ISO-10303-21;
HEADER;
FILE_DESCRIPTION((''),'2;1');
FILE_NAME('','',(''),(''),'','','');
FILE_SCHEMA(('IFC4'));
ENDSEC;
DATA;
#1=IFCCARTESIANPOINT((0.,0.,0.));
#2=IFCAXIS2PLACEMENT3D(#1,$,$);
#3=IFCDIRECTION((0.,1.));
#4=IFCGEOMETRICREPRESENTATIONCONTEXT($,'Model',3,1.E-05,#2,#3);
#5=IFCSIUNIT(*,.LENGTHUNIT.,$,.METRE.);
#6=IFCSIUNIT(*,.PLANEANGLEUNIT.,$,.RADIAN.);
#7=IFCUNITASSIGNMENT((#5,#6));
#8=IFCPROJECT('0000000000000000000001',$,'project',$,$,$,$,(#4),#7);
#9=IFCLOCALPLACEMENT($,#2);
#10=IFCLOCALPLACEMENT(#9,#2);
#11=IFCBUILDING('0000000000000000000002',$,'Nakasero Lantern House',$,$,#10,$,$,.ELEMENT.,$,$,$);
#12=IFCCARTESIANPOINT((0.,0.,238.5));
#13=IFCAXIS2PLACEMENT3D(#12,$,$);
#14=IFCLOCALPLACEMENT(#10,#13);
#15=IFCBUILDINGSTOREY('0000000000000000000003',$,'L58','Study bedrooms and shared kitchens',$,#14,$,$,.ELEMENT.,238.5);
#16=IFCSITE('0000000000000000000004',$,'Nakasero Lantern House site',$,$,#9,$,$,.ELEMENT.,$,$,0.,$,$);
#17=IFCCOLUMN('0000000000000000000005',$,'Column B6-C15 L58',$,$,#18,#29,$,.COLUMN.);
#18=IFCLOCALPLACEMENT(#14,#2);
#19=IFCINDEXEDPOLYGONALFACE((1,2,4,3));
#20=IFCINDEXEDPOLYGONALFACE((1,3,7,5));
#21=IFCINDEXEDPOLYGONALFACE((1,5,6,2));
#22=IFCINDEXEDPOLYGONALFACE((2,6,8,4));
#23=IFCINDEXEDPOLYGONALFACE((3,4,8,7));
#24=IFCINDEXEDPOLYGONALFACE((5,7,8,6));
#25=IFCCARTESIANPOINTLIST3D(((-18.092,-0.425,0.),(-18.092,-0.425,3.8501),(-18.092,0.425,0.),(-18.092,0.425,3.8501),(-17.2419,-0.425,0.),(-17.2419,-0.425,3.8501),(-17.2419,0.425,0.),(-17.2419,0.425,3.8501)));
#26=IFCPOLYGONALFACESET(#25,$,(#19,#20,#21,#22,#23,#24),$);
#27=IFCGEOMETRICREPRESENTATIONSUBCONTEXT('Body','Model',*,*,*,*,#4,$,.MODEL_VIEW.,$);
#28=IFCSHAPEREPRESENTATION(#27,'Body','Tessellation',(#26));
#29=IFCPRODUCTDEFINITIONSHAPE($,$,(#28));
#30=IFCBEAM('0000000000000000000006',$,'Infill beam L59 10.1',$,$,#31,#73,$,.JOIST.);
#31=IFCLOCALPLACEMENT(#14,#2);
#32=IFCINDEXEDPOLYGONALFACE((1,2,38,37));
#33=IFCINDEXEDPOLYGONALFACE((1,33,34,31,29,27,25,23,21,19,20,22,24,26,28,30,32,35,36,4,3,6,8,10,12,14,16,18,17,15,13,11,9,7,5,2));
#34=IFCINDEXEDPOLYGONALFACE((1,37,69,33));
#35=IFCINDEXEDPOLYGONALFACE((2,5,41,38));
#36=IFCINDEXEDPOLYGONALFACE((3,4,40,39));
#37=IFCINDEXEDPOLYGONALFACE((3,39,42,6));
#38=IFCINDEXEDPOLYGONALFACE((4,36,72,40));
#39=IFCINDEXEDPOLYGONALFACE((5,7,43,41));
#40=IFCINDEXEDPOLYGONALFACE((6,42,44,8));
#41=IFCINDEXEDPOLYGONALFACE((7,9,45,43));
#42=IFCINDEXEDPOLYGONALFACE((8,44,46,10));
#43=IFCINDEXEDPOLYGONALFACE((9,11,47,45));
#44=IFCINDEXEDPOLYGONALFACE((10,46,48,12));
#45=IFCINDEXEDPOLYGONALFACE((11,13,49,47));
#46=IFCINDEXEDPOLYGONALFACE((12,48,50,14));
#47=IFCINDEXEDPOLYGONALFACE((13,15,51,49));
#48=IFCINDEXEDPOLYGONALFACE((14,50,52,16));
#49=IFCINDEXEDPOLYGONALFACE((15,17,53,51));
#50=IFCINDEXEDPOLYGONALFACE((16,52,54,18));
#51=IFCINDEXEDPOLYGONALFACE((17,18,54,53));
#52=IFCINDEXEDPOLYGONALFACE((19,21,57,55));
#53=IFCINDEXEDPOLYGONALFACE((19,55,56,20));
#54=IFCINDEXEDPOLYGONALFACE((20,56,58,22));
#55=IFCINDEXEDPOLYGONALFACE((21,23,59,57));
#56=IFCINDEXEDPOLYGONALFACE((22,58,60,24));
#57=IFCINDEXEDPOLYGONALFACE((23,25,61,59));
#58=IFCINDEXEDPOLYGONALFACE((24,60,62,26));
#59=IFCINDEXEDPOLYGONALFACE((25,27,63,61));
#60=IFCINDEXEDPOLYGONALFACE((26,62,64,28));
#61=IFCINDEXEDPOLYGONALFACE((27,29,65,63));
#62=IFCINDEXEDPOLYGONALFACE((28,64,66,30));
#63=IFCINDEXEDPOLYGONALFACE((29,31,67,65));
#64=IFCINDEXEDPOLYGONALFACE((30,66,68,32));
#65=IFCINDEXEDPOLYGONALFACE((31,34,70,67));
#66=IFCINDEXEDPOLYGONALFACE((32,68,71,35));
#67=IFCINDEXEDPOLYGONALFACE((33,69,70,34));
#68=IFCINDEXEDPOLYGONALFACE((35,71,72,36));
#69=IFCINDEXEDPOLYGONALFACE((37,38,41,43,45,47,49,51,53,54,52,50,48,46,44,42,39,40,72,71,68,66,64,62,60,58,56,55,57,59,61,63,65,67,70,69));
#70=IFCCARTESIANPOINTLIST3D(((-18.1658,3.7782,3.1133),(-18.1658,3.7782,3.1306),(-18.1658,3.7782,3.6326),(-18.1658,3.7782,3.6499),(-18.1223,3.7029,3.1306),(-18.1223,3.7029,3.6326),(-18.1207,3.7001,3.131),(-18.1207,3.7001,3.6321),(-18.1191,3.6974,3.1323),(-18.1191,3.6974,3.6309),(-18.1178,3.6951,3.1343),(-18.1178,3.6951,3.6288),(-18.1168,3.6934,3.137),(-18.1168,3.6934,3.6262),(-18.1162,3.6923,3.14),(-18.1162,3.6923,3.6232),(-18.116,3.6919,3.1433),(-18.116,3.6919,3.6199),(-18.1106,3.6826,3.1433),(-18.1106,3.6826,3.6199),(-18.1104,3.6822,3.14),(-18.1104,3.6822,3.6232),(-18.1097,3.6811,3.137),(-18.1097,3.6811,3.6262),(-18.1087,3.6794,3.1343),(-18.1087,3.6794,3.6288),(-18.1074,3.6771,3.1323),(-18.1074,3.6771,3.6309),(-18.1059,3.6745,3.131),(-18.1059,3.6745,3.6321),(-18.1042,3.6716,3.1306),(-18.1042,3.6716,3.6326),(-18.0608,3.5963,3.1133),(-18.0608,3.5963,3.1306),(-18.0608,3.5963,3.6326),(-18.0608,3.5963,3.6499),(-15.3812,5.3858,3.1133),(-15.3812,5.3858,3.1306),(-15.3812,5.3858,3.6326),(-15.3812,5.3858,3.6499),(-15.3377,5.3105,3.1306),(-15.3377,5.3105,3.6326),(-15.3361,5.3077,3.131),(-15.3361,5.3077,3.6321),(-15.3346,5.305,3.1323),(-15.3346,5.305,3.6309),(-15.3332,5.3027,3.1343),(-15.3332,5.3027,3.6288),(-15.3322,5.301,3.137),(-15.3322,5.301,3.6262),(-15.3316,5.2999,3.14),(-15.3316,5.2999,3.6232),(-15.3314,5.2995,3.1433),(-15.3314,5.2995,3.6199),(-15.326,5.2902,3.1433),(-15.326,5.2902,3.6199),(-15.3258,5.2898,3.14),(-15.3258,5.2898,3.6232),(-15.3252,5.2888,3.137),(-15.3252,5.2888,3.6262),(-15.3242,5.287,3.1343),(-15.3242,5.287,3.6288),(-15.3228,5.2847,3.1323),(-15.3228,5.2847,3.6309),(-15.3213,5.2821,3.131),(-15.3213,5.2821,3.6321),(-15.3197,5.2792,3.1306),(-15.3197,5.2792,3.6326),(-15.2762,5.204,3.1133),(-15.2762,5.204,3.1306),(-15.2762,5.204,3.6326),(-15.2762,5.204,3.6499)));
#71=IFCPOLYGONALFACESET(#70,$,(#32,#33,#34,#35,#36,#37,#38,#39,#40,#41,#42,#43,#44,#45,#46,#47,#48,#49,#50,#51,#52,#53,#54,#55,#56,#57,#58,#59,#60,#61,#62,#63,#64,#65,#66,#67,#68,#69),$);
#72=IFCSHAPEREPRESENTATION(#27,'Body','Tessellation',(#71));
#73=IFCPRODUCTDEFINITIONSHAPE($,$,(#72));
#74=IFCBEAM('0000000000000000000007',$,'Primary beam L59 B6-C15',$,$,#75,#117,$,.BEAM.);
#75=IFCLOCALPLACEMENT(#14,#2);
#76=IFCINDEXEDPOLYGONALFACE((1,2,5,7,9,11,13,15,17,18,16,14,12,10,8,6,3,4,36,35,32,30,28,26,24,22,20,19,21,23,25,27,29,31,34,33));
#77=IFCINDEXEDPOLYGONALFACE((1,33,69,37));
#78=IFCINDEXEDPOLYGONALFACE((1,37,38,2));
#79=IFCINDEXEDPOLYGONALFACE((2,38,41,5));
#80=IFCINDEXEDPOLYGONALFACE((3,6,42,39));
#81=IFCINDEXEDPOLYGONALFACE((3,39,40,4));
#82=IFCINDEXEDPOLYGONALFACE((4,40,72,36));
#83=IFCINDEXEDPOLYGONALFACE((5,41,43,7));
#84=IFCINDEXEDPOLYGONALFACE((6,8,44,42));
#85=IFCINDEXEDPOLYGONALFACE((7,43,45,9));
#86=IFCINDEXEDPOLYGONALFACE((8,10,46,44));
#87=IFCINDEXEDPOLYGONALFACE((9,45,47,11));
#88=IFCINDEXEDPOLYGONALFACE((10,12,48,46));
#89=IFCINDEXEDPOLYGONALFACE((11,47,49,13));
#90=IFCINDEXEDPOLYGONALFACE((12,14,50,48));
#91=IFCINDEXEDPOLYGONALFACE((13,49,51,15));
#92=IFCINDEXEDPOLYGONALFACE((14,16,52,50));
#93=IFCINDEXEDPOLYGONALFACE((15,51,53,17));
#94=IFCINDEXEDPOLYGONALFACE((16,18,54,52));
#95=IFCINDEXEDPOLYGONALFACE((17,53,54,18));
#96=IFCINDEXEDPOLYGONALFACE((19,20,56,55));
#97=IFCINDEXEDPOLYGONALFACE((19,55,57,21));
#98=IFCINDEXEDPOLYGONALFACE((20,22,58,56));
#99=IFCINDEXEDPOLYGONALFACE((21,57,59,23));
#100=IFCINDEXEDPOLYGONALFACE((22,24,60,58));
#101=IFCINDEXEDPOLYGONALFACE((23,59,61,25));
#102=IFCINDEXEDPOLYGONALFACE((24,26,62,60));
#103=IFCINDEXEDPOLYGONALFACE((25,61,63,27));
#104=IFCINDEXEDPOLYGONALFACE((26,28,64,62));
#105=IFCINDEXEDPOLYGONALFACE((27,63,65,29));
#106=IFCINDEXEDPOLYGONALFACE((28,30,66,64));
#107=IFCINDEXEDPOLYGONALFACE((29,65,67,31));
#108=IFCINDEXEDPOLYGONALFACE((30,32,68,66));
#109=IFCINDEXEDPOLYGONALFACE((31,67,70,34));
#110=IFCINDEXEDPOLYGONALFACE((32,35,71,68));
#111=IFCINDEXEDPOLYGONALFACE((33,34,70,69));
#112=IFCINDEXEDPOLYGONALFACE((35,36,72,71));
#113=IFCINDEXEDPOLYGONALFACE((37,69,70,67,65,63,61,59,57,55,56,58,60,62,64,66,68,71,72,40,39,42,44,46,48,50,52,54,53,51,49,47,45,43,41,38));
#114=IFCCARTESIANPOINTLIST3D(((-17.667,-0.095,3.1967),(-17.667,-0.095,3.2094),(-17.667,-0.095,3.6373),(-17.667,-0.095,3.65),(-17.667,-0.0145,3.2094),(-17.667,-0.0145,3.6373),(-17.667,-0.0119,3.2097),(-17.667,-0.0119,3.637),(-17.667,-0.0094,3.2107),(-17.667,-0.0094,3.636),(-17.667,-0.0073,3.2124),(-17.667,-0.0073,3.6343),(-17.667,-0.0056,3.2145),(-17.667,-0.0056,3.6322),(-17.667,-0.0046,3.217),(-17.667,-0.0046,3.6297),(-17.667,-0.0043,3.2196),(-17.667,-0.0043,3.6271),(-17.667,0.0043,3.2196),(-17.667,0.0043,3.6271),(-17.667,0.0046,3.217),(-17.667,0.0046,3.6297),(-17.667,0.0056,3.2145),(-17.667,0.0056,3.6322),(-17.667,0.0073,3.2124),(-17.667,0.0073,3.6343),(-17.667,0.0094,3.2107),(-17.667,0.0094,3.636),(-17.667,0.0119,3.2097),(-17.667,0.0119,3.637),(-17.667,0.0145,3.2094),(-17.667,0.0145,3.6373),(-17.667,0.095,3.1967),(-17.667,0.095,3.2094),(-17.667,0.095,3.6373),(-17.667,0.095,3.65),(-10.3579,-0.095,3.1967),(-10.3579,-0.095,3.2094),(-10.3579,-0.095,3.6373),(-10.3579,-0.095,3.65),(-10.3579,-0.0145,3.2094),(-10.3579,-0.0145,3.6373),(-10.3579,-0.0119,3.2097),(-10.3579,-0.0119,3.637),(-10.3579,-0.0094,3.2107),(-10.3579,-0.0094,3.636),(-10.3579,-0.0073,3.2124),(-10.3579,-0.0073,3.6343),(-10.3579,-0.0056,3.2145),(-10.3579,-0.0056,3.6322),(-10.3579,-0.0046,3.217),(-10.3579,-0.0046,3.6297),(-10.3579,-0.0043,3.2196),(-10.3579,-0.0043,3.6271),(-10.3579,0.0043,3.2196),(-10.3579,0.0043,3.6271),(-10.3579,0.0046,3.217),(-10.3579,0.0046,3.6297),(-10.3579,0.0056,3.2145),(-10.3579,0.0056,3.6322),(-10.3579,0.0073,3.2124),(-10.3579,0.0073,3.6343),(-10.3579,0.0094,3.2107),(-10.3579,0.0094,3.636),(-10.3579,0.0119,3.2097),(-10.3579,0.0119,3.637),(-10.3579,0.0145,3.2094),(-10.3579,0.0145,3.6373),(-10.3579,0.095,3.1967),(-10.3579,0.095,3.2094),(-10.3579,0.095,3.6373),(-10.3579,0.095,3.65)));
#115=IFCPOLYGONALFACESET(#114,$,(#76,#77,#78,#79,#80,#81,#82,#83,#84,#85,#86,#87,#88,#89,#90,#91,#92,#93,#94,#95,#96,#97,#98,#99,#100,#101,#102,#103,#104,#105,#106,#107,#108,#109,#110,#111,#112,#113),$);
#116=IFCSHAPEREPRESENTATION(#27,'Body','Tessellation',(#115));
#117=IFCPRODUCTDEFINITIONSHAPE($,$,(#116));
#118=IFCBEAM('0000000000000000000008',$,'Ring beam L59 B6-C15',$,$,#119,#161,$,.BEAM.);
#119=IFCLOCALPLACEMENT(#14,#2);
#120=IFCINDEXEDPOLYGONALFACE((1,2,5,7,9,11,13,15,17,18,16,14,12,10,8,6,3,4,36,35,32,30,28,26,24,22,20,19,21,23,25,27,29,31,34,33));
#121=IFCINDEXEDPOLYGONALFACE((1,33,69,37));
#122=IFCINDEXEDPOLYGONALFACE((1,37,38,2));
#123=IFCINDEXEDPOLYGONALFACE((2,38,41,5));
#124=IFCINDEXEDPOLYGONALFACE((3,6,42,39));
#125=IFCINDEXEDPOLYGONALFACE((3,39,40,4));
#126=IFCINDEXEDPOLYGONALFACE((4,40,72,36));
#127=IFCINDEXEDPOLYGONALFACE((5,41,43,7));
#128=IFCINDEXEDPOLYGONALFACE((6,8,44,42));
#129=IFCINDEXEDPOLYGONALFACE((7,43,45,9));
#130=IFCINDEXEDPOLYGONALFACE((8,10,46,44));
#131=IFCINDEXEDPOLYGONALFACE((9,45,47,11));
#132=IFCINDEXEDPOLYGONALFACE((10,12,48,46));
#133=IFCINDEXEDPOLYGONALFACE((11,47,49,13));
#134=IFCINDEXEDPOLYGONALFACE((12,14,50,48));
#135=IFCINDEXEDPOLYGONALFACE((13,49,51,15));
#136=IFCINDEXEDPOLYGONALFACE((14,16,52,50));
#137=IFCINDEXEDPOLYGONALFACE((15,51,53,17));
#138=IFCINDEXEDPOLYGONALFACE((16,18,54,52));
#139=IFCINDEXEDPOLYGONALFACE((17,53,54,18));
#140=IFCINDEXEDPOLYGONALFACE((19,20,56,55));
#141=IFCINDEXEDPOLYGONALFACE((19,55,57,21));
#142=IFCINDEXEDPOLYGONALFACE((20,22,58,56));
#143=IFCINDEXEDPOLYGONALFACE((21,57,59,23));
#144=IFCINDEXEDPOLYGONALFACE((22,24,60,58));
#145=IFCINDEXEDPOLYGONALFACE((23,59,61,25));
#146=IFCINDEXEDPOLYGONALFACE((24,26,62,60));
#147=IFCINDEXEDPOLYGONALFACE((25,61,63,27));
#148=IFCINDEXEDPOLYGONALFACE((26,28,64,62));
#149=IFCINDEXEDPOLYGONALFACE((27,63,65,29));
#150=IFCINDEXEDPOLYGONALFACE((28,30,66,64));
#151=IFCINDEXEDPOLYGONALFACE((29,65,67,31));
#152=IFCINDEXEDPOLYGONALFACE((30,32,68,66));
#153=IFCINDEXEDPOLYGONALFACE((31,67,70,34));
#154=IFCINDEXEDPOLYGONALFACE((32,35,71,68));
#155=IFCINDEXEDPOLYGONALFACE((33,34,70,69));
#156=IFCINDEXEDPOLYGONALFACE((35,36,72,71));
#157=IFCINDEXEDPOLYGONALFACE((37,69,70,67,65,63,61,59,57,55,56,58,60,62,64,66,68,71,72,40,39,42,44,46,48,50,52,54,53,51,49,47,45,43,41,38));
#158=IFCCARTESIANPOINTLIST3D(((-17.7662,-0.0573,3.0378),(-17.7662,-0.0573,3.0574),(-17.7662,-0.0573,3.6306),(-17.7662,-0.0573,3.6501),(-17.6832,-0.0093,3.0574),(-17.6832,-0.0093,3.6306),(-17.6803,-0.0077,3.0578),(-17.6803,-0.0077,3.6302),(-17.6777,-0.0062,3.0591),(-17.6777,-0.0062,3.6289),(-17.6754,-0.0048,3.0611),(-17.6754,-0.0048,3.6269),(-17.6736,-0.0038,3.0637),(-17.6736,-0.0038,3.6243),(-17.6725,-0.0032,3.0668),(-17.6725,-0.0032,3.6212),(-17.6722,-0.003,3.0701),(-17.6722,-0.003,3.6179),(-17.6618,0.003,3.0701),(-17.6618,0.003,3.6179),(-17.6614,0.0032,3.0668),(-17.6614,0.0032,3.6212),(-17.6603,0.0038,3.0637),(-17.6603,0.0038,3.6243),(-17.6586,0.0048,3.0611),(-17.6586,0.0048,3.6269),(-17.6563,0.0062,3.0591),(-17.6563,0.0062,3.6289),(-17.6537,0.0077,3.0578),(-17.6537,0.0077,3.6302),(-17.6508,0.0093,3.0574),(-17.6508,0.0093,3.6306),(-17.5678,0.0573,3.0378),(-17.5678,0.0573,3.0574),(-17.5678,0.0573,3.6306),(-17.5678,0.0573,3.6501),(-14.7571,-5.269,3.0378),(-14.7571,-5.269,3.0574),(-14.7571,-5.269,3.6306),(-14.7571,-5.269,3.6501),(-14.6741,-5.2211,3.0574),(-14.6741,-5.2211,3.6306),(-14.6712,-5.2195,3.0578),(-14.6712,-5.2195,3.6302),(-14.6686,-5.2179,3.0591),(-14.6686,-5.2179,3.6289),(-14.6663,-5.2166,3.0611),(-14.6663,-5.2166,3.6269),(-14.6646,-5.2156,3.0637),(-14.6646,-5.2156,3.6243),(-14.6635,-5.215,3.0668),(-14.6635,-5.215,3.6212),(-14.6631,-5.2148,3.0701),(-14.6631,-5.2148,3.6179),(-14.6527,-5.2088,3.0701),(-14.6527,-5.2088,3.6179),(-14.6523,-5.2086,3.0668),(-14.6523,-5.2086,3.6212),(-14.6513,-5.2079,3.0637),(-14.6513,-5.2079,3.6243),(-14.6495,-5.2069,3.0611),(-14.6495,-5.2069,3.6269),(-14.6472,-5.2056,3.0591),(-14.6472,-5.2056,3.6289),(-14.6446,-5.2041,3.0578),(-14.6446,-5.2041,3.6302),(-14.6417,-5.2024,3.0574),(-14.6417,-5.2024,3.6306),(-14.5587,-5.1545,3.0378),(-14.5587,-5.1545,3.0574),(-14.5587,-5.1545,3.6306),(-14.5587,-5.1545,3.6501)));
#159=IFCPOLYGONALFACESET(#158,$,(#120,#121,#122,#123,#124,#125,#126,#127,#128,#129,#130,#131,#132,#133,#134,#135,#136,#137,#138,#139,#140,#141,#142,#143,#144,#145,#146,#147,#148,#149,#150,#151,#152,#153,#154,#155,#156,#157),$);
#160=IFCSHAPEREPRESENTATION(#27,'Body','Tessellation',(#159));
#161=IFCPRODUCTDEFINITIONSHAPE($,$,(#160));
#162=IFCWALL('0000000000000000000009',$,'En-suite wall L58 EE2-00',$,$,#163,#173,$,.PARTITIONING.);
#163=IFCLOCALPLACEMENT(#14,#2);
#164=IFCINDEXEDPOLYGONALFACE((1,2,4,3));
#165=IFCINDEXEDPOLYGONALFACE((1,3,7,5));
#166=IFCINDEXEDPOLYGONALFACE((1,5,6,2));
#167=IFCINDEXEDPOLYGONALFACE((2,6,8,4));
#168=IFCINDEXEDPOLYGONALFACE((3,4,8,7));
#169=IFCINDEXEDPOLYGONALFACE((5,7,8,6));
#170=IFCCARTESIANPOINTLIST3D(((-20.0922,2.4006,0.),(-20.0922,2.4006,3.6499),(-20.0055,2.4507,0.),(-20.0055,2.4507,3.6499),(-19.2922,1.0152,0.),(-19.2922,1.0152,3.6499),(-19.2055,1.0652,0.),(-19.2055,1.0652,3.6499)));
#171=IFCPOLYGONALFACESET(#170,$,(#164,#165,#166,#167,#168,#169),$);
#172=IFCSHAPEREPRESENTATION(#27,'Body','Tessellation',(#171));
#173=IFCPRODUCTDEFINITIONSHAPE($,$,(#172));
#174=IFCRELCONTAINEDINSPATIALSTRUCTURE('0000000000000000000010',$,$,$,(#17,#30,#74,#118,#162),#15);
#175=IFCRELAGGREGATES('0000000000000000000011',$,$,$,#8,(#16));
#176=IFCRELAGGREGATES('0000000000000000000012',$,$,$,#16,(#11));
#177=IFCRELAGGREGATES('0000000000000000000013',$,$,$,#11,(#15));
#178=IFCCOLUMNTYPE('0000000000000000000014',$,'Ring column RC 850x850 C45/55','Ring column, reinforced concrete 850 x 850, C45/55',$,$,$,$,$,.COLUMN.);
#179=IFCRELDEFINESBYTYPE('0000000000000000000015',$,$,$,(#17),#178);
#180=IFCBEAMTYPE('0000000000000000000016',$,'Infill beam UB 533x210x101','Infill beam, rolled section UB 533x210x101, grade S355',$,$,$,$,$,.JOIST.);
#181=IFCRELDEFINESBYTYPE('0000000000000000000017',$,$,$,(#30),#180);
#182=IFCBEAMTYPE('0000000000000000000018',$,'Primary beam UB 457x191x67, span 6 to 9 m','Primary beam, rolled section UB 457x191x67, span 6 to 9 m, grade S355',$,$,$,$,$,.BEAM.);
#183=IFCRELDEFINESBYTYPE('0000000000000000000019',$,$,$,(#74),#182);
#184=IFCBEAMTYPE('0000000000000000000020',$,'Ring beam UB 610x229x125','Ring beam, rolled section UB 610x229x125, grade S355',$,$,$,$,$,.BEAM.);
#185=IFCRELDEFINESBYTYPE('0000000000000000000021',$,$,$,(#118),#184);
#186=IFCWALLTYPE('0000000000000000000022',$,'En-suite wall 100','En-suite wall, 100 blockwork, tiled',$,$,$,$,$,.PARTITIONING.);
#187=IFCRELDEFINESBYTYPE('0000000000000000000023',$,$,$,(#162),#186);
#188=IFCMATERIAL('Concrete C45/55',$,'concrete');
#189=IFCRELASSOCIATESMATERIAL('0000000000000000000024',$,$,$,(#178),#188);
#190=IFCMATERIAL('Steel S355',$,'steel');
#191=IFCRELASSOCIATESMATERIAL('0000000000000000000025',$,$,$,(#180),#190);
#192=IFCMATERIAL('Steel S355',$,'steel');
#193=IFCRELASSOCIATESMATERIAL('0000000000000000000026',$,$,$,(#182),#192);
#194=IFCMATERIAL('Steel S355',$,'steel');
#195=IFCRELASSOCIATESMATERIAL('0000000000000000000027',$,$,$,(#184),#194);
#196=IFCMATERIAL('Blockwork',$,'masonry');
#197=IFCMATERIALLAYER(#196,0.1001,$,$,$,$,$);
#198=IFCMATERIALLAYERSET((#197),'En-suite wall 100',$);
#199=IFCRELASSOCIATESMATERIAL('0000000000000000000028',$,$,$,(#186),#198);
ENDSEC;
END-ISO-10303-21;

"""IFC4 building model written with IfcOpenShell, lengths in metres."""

from ifc_helpers import new_model, si_unit, direction, frame, frame_2d, origin, origin_2d, place, context, subcontext, project, spatial, rectangle, i_section, extrude, material, layer, layer_set, material_profile, profile_set, type_object, element, save


model = new_model("IFC4")

# Units and contexts
model_context = context("Model", 3, precision=1e-05, world=origin(), true_north=direction((0.0, 1.0)))
body_context = subcontext(model_context, "Body", "Model", "MODEL_VIEW")
ifc_project = project(units=[si_unit("LENGTHUNIT", "METRE"), si_unit("PLANEANGLEUNIT", "RADIAN")], contexts=[model_context])

# Site, building, storey
site_placement = place(None, origin())
site = spatial("IfcSite", under=ifc_project, at=site_placement, Name="Nakasero Lantern House site", CompositionType="ELEMENT", RefElevation=0.0)
building_placement = place(site_placement, origin())
building = spatial("IfcBuilding", under=site, at=building_placement, Name="Nakasero Lantern House", CompositionType="ELEMENT")
storey_placement = place(building_placement, frame((0.0, 0.0, 238.5)))
storey = spatial("IfcBuildingStorey", under=building, at=storey_placement, Name="L58", Description="Study bedrooms and shared kitchens", CompositionType="ELEMENT", Elevation=238.5)

# Column
ifc_material_1 = material(Name="Concrete C45/55", Category="concrete")
ifc_material_profile_1 = material_profile(ifc_material_1, rectangle(XDim=0.8501, YDim=0.8501, at=origin_2d()), Name="RC 850x850")
ifc_profile_set_1 = profile_set([ifc_material_profile_1], Name="Concrete C45/55")
column_type = type_object("IfcColumnType", Name="Ring column RC 850x850 C45/55", Description="Ring column, reinforced concrete 850 x 850, C45/55", PredefinedType="COLUMN", material=ifc_profile_set_1)
column_placement = place(storey_placement, frame((-17.667, 0.0, 0.0), z_axis=(0.0, 0.0, 1.0), x_axis=(1.0, 0.0, 0.0)))
element("IfcColumn", 1, at=column_placement, inside=storey, type_object=column_type, Name="Column B6-C15 L58", PredefinedType="COLUMN", context=body_context, shape_type="SweptSolid", body=[
    extrude(rectangle(XDim=0.8501, YDim=0.8501, at=origin_2d()), origin(), (0.0, 0.0, 1.0), 3.8501),
])

# Beams
ifc_material_2 = material(Name="Steel S355", Category="steel")
ifc_material_profile_2 = material_profile(ifc_material_2, i_section(OverallWidth=0.21, OverallDepth=0.5366, WebThickness=0.0107, FlangeThickness=0.0173, FilletRadius=0.0127, at=origin_2d()), Name="UB 533x210x101")
ifc_profile_set_2 = profile_set([ifc_material_profile_2], Name="Steel S355")
beam_type_1 = type_object("IfcBeamType", Name="Infill beam UB 533x210x101", Description="Infill beam, rolled section UB 533x210x101, grade S355", PredefinedType="JOIST", material=ifc_profile_set_2)
beam_1_placement = place(storey_placement, frame((-18.1133, 3.6873, 3.3816), z_axis=(0.866034, 0.499985, 0.0), x_axis=(-0.499985, 0.866034, 0.0)))
element("IfcBeam", 2, at=beam_1_placement, inside=storey, type_object=beam_type_1, Name="Infill beam L59 10.1", PredefinedType="JOIST", context=body_context, shape_type="SweptSolid", body=[
    extrude(i_section(OverallWidth=0.21, OverallDepth=0.5366, WebThickness=0.0107, FlangeThickness=0.0173, FilletRadius=0.0127, at=origin_2d()), origin(), (0.0, 0.0, 1.0), 3.2153),
])
ifc_material_3 = material(Name="Steel S355", Category="steel")
ifc_material_profile_3 = material_profile(ifc_material_3, i_section(OverallWidth=0.1899, OverallDepth=0.4534, WebThickness=0.0085, FlangeThickness=0.0127, FilletRadius=0.0103, at=origin_2d()), Name="UB 457x191x67")
ifc_profile_set_3 = profile_set([ifc_material_profile_3], Name="Steel S355")
beam_type_2 = type_object("IfcBeamType", Name="Primary beam UB 457x191x67, span 6 to 9 m", Description="Primary beam, rolled section UB 457x191x67, span 6 to 9 m, grade S355", PredefinedType="BEAM", material=ifc_profile_set_3)
beam_2_placement = place(storey_placement, frame((-17.667, 0.0, 3.4233), z_axis=(1.0, 0.0, 0.0), x_axis=(0.0, 1.0, 0.0)))
element("IfcBeam", 3, at=beam_2_placement, inside=storey, type_object=beam_type_2, Name="Primary beam L59 B6-C15", PredefinedType="BEAM", context=body_context, shape_type="SweptSolid", body=[
    extrude(i_section(OverallWidth=0.1899, OverallDepth=0.4534, WebThickness=0.0085, FlangeThickness=0.0127, FilletRadius=0.0103, at=origin_2d()), origin(), (0.0, 0.0, 1.0), 7.3091),
])
ifc_material_4 = material(Name="Steel S355", Category="steel")
ifc_material_profile_4 = material_profile(ifc_material_4, i_section(OverallWidth=0.229, OverallDepth=0.6123, WebThickness=0.012, FlangeThickness=0.0195, FilletRadius=0.0127, at=origin_2d()), Name="UB 610x229x125")
ifc_profile_set_4 = profile_set([ifc_material_profile_4], Name="Steel S355")
beam_type_3 = type_object("IfcBeamType", Name="Ring beam UB 610x229x125", Description="Ring beam, rolled section UB 610x229x125, grade S355", PredefinedType="BEAM", material=ifc_profile_set_4)
beam_3_placement = place(storey_placement, frame((-17.667, 0.0, 3.344), z_axis=(0.500009, -0.86602, 0.0), x_axis=(0.86602, 0.500009, 0.0)))
element("IfcBeam", 4, at=beam_3_placement, inside=storey, type_object=beam_type_3, Name="Ring beam L59 B6-C15", PredefinedType="BEAM", context=body_context, shape_type="SweptSolid", body=[
    extrude(i_section(OverallWidth=0.229, OverallDepth=0.6123, WebThickness=0.012, FlangeThickness=0.0195, FilletRadius=0.0127, at=origin_2d()), origin(), (0.0, 0.0, 1.0), 6.0181),
])

# Wall
ifc_material_5 = material(Name="Blockwork", Category="masonry")
ifc_layer_1 = layer(ifc_material_5, 0.1001)
ifc_layer_set_1 = layer_set([ifc_layer_1], Name="En-suite wall 100")
wall_type_1 = type_object("IfcWallType", Name="En-suite wall 100", Description="En-suite wall, 100 blockwork, tiled", PredefinedType="PARTITIONING", material=ifc_layer_set_1)
wall_1_placement = place(storey_placement, frame((-20.0488, 2.4255, 0.0), z_axis=(0.0, 0.0, 1.0), x_axis=(0.500061, -0.86599, 0.0)))
element("IfcWall", 5, at=wall_1_placement, inside=storey, type_object=wall_type_1, Name="En-suite wall L58 EE2-00", PredefinedType="PARTITIONING", context=body_context, shape_type="SweptSolid", body=[
    extrude(rectangle(XDim=1.5999, YDim=0.1001, at=frame_2d((0.7998, 0.0))), origin(), (0.0, 0.0, 1.0), 3.6499),
])

save(model, "model.ifc")
